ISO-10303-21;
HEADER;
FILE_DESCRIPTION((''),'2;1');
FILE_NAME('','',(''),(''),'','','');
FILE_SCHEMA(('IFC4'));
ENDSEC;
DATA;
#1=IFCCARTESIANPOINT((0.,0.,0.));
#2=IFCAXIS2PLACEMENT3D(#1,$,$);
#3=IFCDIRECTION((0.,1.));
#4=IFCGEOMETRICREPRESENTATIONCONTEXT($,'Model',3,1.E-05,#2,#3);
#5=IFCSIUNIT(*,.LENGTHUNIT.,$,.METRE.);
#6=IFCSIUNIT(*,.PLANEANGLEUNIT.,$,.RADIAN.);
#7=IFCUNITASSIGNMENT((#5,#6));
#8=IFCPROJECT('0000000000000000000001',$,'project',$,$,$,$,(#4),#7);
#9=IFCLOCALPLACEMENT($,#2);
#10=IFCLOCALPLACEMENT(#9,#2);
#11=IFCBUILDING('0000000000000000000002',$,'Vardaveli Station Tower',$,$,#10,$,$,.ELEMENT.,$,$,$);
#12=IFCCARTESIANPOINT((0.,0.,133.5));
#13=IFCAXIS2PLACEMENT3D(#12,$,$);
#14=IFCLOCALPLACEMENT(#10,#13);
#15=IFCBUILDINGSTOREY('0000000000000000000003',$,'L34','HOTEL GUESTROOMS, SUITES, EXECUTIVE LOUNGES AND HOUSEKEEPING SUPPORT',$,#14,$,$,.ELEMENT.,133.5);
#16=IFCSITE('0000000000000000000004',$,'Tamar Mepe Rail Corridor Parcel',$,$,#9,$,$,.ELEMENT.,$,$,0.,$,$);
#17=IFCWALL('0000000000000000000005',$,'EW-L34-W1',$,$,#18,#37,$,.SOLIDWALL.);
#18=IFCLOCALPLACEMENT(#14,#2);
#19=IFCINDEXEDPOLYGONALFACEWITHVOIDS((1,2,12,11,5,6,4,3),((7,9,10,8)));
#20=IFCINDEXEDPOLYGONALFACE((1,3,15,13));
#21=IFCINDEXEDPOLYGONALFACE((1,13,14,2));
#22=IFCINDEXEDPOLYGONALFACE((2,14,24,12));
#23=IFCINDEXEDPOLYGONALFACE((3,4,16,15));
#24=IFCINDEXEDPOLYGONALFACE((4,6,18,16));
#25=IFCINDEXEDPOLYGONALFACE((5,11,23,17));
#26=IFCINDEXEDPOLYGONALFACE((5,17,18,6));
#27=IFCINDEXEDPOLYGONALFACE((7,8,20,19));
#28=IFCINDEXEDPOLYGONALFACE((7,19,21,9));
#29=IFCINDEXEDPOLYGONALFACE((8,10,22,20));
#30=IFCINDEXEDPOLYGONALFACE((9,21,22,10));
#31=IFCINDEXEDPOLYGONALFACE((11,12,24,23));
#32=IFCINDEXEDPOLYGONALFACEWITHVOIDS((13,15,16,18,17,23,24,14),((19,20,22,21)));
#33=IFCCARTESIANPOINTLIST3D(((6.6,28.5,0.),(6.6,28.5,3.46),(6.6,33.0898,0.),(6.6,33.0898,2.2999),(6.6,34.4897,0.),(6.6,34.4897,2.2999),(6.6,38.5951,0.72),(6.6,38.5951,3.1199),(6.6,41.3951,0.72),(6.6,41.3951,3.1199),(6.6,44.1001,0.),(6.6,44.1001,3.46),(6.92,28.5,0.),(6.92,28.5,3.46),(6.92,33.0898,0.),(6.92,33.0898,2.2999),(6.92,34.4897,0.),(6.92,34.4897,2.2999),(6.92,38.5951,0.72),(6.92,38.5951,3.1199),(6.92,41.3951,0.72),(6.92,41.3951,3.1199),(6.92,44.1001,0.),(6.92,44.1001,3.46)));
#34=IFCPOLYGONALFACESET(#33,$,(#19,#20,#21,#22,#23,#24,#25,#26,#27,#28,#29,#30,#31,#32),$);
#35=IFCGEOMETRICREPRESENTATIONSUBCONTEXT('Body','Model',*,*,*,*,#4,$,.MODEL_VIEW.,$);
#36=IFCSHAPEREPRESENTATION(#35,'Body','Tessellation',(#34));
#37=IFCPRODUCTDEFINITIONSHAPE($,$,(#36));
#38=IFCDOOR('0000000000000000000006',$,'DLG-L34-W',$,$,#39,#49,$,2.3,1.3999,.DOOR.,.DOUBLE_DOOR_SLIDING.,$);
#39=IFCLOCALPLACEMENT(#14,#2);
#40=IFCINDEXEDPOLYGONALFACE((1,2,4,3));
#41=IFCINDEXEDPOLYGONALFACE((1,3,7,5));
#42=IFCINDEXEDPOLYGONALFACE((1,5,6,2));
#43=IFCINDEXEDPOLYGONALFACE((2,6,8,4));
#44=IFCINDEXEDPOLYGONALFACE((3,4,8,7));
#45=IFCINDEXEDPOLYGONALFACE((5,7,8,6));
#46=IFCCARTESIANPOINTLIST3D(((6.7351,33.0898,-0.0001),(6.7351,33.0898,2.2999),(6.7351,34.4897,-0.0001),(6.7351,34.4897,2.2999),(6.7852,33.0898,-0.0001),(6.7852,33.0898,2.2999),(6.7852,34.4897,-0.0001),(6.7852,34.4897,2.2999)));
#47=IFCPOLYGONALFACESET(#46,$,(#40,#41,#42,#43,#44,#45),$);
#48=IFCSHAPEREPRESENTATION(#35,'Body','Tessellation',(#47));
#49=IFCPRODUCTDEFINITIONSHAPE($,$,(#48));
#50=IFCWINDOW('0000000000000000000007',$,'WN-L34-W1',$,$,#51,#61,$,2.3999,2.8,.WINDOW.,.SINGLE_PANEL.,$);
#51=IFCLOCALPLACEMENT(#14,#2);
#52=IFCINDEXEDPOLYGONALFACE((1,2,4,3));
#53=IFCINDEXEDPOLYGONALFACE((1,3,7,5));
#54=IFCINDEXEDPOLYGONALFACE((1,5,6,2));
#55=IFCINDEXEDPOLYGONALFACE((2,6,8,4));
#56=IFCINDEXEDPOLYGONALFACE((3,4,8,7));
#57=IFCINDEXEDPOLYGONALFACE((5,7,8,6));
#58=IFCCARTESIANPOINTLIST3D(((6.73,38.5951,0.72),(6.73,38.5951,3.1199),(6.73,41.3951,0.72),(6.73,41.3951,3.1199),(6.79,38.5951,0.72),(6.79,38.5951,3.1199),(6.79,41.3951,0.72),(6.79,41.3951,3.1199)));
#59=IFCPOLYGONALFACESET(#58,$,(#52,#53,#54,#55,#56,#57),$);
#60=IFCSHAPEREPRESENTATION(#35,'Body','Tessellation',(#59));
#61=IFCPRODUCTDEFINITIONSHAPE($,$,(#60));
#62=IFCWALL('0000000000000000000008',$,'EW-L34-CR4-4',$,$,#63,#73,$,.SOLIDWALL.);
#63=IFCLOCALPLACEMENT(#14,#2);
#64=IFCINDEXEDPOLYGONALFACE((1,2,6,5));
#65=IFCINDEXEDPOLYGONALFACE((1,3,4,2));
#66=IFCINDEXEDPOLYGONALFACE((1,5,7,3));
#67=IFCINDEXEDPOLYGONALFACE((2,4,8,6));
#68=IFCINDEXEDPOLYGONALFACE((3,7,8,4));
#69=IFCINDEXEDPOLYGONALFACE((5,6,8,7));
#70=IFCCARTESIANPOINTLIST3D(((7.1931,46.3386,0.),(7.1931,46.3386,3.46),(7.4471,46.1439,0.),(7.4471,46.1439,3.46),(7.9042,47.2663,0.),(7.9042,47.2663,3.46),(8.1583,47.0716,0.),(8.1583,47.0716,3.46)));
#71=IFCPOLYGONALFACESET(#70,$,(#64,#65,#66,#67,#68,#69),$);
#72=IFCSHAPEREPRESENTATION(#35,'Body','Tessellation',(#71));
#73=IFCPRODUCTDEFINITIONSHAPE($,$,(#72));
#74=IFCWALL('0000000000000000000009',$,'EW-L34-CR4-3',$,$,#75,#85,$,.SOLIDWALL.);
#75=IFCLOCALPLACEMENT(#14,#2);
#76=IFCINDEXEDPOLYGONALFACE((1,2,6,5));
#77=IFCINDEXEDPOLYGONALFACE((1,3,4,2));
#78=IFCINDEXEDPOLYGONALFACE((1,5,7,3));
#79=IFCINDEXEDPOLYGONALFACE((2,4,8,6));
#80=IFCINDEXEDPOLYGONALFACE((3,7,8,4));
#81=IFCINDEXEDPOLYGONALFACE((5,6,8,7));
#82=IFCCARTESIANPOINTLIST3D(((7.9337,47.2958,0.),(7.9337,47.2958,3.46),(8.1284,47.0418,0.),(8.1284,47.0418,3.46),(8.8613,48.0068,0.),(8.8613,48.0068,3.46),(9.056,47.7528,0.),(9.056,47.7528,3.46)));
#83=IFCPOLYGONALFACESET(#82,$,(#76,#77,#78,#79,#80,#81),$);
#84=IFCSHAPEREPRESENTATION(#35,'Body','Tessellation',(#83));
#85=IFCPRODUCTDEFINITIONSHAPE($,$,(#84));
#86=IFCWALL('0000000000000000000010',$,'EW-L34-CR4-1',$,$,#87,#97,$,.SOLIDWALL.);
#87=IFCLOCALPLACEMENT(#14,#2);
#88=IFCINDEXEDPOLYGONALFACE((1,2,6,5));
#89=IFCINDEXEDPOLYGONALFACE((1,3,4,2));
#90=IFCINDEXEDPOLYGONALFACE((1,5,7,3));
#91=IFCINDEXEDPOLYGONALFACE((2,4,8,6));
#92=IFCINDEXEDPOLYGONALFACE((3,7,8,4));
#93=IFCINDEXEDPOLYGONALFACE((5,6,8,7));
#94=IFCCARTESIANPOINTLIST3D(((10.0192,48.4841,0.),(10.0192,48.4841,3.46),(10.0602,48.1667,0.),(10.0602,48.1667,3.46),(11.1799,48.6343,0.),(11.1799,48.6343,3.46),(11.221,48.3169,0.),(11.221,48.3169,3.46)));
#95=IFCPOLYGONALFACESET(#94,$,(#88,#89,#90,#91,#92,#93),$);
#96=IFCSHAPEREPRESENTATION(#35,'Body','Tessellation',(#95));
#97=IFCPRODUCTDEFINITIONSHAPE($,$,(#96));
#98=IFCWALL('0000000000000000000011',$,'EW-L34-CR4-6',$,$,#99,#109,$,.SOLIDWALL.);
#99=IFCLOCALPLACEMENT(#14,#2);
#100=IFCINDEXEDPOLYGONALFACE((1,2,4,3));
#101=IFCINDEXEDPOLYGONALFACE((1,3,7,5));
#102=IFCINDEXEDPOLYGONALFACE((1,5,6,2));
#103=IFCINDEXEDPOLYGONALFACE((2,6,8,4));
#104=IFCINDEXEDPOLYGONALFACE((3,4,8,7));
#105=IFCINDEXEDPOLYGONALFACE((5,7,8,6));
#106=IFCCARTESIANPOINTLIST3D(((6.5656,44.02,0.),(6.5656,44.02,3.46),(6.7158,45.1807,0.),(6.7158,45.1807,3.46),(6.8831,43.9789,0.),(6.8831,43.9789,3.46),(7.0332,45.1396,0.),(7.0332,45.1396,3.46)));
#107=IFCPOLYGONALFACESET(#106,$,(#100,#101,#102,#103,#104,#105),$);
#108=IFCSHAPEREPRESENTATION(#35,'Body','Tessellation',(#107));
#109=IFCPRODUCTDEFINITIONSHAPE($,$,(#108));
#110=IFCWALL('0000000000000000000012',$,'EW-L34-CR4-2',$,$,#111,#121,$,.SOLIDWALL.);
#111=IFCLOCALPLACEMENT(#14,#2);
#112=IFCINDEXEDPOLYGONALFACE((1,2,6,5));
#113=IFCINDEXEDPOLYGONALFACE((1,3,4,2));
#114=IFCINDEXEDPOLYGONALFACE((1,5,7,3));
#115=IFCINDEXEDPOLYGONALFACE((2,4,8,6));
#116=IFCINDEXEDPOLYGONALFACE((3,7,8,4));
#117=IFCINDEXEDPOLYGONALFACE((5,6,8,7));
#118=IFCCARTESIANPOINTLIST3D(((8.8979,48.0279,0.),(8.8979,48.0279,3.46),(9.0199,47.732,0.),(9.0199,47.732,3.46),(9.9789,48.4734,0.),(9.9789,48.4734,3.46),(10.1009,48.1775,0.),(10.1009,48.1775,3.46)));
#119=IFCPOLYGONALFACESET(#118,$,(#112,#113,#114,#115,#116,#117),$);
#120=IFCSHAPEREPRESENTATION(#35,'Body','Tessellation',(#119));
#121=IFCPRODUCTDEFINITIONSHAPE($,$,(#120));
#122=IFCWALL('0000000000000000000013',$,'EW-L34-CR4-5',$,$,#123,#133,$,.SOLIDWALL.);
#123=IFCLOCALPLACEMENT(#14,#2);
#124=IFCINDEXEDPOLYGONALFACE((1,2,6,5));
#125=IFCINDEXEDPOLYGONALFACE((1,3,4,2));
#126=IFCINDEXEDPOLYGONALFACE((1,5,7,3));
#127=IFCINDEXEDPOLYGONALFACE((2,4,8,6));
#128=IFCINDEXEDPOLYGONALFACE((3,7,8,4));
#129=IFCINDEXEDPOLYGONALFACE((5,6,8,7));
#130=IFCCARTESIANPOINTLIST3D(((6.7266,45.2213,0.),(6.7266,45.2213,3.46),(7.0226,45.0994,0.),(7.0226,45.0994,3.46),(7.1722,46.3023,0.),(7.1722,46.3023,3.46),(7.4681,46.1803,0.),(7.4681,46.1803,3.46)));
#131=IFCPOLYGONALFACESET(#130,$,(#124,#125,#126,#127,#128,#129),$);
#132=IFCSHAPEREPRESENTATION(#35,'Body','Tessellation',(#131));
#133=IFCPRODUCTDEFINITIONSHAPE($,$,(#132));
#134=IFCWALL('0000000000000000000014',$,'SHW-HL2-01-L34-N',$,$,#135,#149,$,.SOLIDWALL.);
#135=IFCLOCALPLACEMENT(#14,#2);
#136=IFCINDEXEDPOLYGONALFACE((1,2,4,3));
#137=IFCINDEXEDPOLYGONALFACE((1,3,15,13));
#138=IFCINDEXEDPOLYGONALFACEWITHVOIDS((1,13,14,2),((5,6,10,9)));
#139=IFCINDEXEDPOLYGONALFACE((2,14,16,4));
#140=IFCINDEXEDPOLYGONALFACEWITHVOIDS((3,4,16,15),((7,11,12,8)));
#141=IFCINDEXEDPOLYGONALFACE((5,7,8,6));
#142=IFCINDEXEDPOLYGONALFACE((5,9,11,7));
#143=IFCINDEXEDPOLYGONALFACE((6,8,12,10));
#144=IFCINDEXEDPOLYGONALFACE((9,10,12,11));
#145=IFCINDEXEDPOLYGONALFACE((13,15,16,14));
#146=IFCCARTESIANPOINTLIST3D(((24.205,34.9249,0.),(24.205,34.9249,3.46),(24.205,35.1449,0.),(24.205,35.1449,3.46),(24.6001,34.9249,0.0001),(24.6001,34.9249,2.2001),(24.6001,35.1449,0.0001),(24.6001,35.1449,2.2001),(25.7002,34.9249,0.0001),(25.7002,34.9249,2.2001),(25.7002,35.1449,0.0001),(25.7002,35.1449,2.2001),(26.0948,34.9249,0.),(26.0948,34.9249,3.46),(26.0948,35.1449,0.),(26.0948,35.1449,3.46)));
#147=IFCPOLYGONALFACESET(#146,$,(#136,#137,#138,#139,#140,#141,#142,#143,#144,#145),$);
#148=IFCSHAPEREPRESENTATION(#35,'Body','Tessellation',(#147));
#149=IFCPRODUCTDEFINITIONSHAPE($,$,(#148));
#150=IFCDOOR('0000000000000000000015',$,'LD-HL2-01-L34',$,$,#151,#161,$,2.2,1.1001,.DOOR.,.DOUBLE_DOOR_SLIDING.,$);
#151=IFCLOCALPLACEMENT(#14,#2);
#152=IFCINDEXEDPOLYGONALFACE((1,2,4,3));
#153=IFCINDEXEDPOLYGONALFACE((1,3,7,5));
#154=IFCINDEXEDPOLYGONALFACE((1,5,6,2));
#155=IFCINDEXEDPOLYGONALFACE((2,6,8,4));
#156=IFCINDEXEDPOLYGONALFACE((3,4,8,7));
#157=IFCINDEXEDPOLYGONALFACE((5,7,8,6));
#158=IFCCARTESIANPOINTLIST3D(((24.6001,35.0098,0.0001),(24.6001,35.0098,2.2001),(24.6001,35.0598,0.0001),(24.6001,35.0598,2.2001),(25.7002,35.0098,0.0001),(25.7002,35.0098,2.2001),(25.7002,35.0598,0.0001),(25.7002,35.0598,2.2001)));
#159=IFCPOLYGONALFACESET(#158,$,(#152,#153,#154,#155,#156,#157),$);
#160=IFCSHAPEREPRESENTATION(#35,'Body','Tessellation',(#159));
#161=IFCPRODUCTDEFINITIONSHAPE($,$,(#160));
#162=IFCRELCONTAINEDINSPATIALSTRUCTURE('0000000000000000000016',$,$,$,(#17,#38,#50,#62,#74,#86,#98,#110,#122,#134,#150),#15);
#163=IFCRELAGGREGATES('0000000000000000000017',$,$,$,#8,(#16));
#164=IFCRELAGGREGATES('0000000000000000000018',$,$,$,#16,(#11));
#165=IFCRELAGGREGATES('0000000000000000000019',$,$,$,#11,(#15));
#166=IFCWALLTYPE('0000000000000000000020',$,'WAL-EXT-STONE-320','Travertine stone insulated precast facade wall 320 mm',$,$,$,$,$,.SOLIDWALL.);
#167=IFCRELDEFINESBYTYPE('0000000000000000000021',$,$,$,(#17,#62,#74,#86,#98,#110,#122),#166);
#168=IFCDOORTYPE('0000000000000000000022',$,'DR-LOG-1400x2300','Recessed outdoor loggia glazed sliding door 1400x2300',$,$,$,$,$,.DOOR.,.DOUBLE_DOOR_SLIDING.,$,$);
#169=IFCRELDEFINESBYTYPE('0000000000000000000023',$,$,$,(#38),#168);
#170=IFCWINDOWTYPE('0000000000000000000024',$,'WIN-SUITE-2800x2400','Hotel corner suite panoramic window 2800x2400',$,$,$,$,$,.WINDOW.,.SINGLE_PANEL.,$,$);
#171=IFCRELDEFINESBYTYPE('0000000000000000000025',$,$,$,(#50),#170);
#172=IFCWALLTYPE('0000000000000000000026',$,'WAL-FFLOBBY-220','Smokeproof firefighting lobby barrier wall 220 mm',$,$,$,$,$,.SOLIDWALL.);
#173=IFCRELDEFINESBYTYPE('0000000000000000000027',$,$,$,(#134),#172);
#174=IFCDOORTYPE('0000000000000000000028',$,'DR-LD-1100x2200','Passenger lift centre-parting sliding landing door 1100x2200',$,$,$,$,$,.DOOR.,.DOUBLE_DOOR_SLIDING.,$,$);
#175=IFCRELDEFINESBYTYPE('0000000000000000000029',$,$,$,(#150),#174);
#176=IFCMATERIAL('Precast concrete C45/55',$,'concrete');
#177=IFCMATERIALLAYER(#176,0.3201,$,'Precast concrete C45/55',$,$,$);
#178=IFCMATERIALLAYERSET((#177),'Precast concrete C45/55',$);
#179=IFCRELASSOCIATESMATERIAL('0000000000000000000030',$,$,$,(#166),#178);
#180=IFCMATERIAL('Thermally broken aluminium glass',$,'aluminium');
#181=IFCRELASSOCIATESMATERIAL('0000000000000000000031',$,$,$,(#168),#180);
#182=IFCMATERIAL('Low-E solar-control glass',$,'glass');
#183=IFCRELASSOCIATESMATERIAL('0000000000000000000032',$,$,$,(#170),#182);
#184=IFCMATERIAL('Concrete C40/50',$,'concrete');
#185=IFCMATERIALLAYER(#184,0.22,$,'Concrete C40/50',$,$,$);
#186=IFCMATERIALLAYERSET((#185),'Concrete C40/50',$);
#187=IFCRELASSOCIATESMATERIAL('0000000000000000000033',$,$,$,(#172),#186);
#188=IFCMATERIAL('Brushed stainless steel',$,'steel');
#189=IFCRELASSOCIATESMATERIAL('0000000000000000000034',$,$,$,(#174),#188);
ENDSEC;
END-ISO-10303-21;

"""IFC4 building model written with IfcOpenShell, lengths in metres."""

from ifc_helpers import new_model, si_unit, direction, frame, frame_2d, origin, place, context, subcontext, project, spatial, rectangle, extrude, source, transform, mapped, material, layer, layer_set, type_object, element, fill, save


model = new_model("IFC4")

# Units and contexts
model_context = context("Model", 3, precision=1e-05, world=origin(), true_north=direction((0.0, 1.0)))
body_context = subcontext(model_context, "Body", "Model", "MODEL_VIEW")
ifc_project = project(units=[si_unit("LENGTHUNIT", "METRE"), si_unit("PLANEANGLEUNIT", "RADIAN")], contexts=[model_context])

# Site, building, storey
site_placement = place(None, origin())
site = spatial("IfcSite", under=ifc_project, at=site_placement, Name="Tamar Mepe Rail Corridor Parcel", CompositionType="ELEMENT", RefElevation=0.0)
building_placement = place(site_placement, origin())
building = spatial("IfcBuilding", under=site, at=building_placement, Name="Vardaveli Station Tower", CompositionType="ELEMENT")
storey_placement = place(building_placement, frame((0.0, 0.0, 133.5)))
storey = spatial("IfcBuildingStorey", under=building, at=storey_placement, Name="L34", Description="HOTEL GUESTROOMS, SUITES, EXECUTIVE LOUNGES AND HOUSEKEEPING SUPPORT", CompositionType="ELEMENT", Elevation=133.5)

# Shared definitions
ifc_material_1 = material(Name="Precast concrete C45/55", Category="concrete")

# Wall, openings, door, window
ifc_layer_1 = layer(ifc_material_1, 0.3201, Name="Precast concrete C45/55")
ifc_layer_set_1 = layer_set([ifc_layer_1], Name="Precast concrete C45/55")
wall_type_1 = type_object("IfcWallType", Name="WAL-EXT-STONE-320", Description="Travertine stone insulated precast facade wall 320 mm", PredefinedType="SOLIDWALL", material=ifc_layer_set_1)
shared_shape_1 = source(origin(), body_context, "Body", "SweptSolid", [
    extrude(rectangle(XDim=15.6001, YDim=0.3201, at=frame_2d((7.8, 0.0))), origin(), (0.0, 0.0, 1.0), 3.46),
])
wall_1_placement = place(storey_placement, frame((6.76, 44.1001, 0.0), z_axis=(0.0, 0.0, 1.0), x_axis=(0.0, -1.0, 0.0)))
wall_1 = element("IfcWall", 1, at=wall_1_placement, inside=storey, type_object=wall_type_1, Name="EW-L34-W1", PredefinedType="SOLIDWALL", context=body_context, shape_type="MappedRepresentation", body=[
    mapped(shared_shape_1, transform((0.0, 0.0, 0.0), scale=1.0)),
])
shared_shape_2 = source(origin(), body_context, "Body", "SweptSolid", [
    extrude(rectangle(XDim=1.3999, YDim=2.3, at=frame_2d((0.7, 1.1499))), frame((0.0, 0.1699, 0.0), z_axis=(0.0, -1.0, 0.0), x_axis=(1.0, 0.0, 0.0)), (0.0, 0.0, 1.0), 0.3401),
])
opening_1_placement = place(wall_1_placement, frame((9.6104, 0.0, 0.0)))
opening_1 = element("IfcOpeningElement", 2, at=opening_1_placement, cuts=wall_1, PredefinedType="OPENING", context=body_context, shape_type="MappedRepresentation", body=[
    mapped(shared_shape_2, transform((0.0, 0.0, 0.0), scale=1.0)),
])
shared_shape_3 = source(origin(), body_context, "Body", "SweptSolid", [
    extrude(rectangle(XDim=2.8, YDim=2.3999, at=frame_2d((1.3999, 1.2))), frame((0.0, 0.1699, 0.0), z_axis=(0.0, -1.0, 0.0), x_axis=(1.0, 0.0, 0.0)), (0.0, 0.0, 1.0), 0.3401),
])
opening_2_placement = place(wall_1_placement, frame((2.7051, 0.0, 0.72)))
opening_2 = element("IfcOpeningElement", 3, at=opening_2_placement, cuts=wall_1, PredefinedType="OPENING", context=body_context, shape_type="MappedRepresentation", body=[
    mapped(shared_shape_3, transform((0.0, 0.0, 0.0), scale=1.0)),
])
ifc_material_2 = material(Name="Thermally broken aluminium glass", Category="aluminium")
door_type_1 = type_object("IfcDoorType", Name="DR-LOG-1400x2300", Description="Recessed outdoor loggia glazed sliding door 1400x2300", OperationType="DOUBLE_DOOR_SLIDING", PredefinedType="DOOR", material=ifc_material_2)
shared_shape_4 = source(origin(), body_context, "Body", "SweptSolid", [
    extrude(rectangle(XDim=1.3999, YDim=2.3, at=frame_2d((0.7, 1.1499))), frame((0.0, 0.0249, 0.0), z_axis=(0.0, -1.0, 0.0), x_axis=(1.0, 0.0, 0.0)), (0.0, 0.0, 1.0), 0.05),
])
door_1_placement = place(opening_1_placement, frame((1.3999, 0.0, 0.0), z_axis=(0.0, 0.0, 1.0), x_axis=(-1.0, 0.0, 0.0)))
door_1 = element("IfcDoor", 4, at=door_1_placement, inside=storey, type_object=door_type_1, Name="DLG-L34-W", OperationType="DOUBLE_DOOR_SLIDING", OverallHeight=2.3, OverallWidth=1.3999, PredefinedType="DOOR", context=body_context, shape_type="MappedRepresentation", body=[
    mapped(shared_shape_4, transform((0.0, 0.0, 0.0), scale=1.0)),
])
fill(opening_1, door_1)
ifc_material_3 = material(Name="Low-E solar-control glass", Category="glass")
window_type = type_object("IfcWindowType", Name="WIN-SUITE-2800x2400", Description="Hotel corner suite panoramic window 2800x2400", PartitioningType="SINGLE_PANEL", PredefinedType="WINDOW", material=ifc_material_3)
shared_shape_5 = source(origin(), body_context, "Body", "SweptSolid", [
    extrude(rectangle(XDim=2.8, YDim=2.3999, at=frame_2d((1.3999, 1.2))), frame((0.0, 0.03, 0.0), z_axis=(0.0, -1.0, 0.0), x_axis=(1.0, 0.0, 0.0)), (0.0, 0.0, 1.0), 0.0601),
])
window_placement = place(opening_2_placement, origin())
window = element("IfcWindow", 5, at=window_placement, inside=storey, type_object=window_type, Name="WN-L34-W1", OverallHeight=2.3999, OverallWidth=2.8, PartitioningType="SINGLE_PANEL", PredefinedType="WINDOW", context=body_context, shape_type="MappedRepresentation", body=[
    mapped(shared_shape_5, transform((0.0, 0.0, 0.0), scale=1.0)),
])
fill(opening_2, window)

# Walls
shared_shape_6 = source(origin(), body_context, "Body", "SweptSolid", [
    extrude(rectangle(XDim=1.1689, YDim=0.3201, at=frame_2d((0.5845, 0.0))), origin(), (0.0, 0.0, 1.0), 3.46),
])
wall_2_placement = place(storey_placement, frame((8.0312, 47.1689, 0.0), z_axis=(0.0, 0.0, 1.0), x_axis=(-0.608388, -0.79364, 0.0)))
element("IfcWall", 6, at=wall_2_placement, inside=storey, type_object=wall_type_1, Name="EW-L34-CR4-4", PredefinedType="SOLIDWALL", context=body_context, shape_type="MappedRepresentation", body=[
    mapped(shared_shape_6, transform((0.0, 0.0, 0.0), scale=1.0)),
])
shared_shape_7 = source(origin(), body_context, "Body", "SweptSolid", [
    extrude(rectangle(XDim=1.1687, YDim=0.3201, at=frame_2d((0.5845, 0.0))), origin(), (0.0, 0.0, 1.0), 3.46),
])
wall_3_placement = place(storey_placement, frame((8.9587, 47.8799, 0.0), z_axis=(0.0, 0.0, 1.0), x_axis=(-0.793664, -0.608357, 0.0)))
element("IfcWall", 7, at=wall_3_placement, inside=storey, type_object=wall_type_1, Name="EW-L34-CR4-3", PredefinedType="SOLIDWALL", context=body_context, shape_type="MappedRepresentation", body=[
    mapped(shared_shape_7, transform((0.0, 0.0, 0.0), scale=1.0)),
])
shared_shape_8 = source(origin(), body_context, "Body", "SweptSolid", [
    extrude(rectangle(XDim=1.1704, YDim=0.3201, at=frame_2d((0.5852, 0.0))), origin(), (0.0, 0.0, 1.0), 3.46),
])
for number, where, z_axis, x_axis, name in (
    (8, (11.2004, 48.4756, 0.0), (0.0, 0.0, 1.0), (-0.991736, -0.128296, 0.0), "EW-L34-CR4-1"),
    (9, (6.8745, 45.1602, 0.0), (0.0, 0.0, 1.0), (-0.128296, -0.991736, 0.0), "EW-L34-CR4-6"),
):
    element("IfcWall", number, at=place(storey_placement, frame(where, z_axis=z_axis, x_axis=x_axis)), inside=storey, type_object=wall_type_1, Name=name, PredefinedType="SOLIDWALL", context=body_context, shape_type="MappedRepresentation", body=[
        mapped(shared_shape_8, transform((0.0, 0.0, 0.0), scale=1.0)),
    ])
shared_shape_9 = source(origin(), body_context, "Body", "SweptSolid", [
    extrude(rectangle(XDim=1.1692, YDim=0.3201, at=frame_2d((0.5845, 0.0))), origin(), (0.0, 0.0, 1.0), 3.46),
])
for number, where, z_axis, x_axis, name in (
    (10, (10.0398, 48.3254, 0.0), (0.0, 0.0, 1.0), (-0.924553, -0.381054, 0.0), "EW-L34-CR4-2"),
    (11, (7.3201, 46.2412, 0.0), (0.0, 0.0, 1.0), (-0.381054, -0.924553, 0.0), "EW-L34-CR4-5"),
):
    element("IfcWall", number, at=place(storey_placement, frame(where, z_axis=z_axis, x_axis=x_axis)), inside=storey, type_object=wall_type_1, Name=name, PredefinedType="SOLIDWALL", context=body_context, shape_type="MappedRepresentation", body=[
        mapped(shared_shape_9, transform((0.0, 0.0, 0.0), scale=1.0)),
    ])

# Wall, opening, door
ifc_material_4 = material(Name="Concrete C40/50", Category="concrete")
ifc_layer_2 = layer(ifc_material_4, 0.22, Name="Concrete C40/50")
ifc_layer_set_2 = layer_set([ifc_layer_2], Name="Concrete C40/50")
wall_type_2 = type_object("IfcWallType", Name="WAL-FFLOBBY-220", Description="Smokeproof firefighting lobby barrier wall 220 mm", PredefinedType="SOLIDWALL", material=ifc_layer_set_2)
shared_shape_10 = source(origin(), body_context, "Body", "SweptSolid", [
    extrude(rectangle(XDim=1.8899, YDim=0.22, at=frame_2d((0.9448, 0.0))), origin(), (0.0, 0.0, 1.0), 3.46),
])
wall_4_placement = place(storey_placement, frame((24.2051, 35.0349, 0.0), z_axis=(0.0, 0.0, 1.0), x_axis=(1.0, 0.0, 0.0)))
wall_4 = element("IfcWall", 12, at=wall_4_placement, inside=storey, type_object=wall_type_2, Name="SHW-HL2-01-L34-N", PredefinedType="SOLIDWALL", context=body_context, shape_type="MappedRepresentation", body=[
    mapped(shared_shape_10, transform((0.0, 0.0, 0.0), scale=1.0)),
])
shared_shape_11 = source(origin(), body_context, "Body", "SweptSolid", [
    extrude(rectangle(XDim=1.1001, YDim=2.2, at=frame_2d((0.55, 1.1001))), frame((0.0, 0.1201, 0.0), z_axis=(0.0, -1.0, 0.0), x_axis=(1.0, 0.0, 0.0)), (0.0, 0.0, 1.0), 0.24),
])
opening_3_placement = place(wall_4_placement, frame((0.395, 0.0, 0.0)))
opening_3 = element("IfcOpeningElement", 13, at=opening_3_placement, cuts=wall_4, PredefinedType="OPENING", context=body_context, shape_type="MappedRepresentation", body=[
    mapped(shared_shape_11, transform((0.0, 0.0, 0.0), scale=1.0)),
])
ifc_material_5 = material(Name="Brushed stainless steel", Category="steel")
door_type_2 = type_object("IfcDoorType", Name="DR-LD-1100x2200", Description="Passenger lift centre-parting sliding landing door 1100x2200", OperationType="DOUBLE_DOOR_SLIDING", PredefinedType="DOOR", material=ifc_material_5)
shared_shape_12 = source(origin(), body_context, "Body", "SweptSolid", [
    extrude(rectangle(XDim=1.1001, YDim=2.2, at=frame_2d((0.55, 1.1001))), frame((0.0, 0.0249, 0.0), z_axis=(0.0, -1.0, 0.0), x_axis=(1.0, 0.0, 0.0)), (0.0, 0.0, 1.0), 0.05),
])
door_2_placement = place(opening_3_placement, origin())
door_2 = element("IfcDoor", 14, at=door_2_placement, inside=storey, type_object=door_type_2, Name="LD-HL2-01-L34", OperationType="DOUBLE_DOOR_SLIDING", OverallHeight=2.2, OverallWidth=1.1001, PredefinedType="DOOR", context=body_context, shape_type="MappedRepresentation", body=[
    mapped(shared_shape_12, transform((0.0, 0.0, 0.0), scale=1.0)),
])
fill(opening_3, door_2)

save(model, "model.ifc")
